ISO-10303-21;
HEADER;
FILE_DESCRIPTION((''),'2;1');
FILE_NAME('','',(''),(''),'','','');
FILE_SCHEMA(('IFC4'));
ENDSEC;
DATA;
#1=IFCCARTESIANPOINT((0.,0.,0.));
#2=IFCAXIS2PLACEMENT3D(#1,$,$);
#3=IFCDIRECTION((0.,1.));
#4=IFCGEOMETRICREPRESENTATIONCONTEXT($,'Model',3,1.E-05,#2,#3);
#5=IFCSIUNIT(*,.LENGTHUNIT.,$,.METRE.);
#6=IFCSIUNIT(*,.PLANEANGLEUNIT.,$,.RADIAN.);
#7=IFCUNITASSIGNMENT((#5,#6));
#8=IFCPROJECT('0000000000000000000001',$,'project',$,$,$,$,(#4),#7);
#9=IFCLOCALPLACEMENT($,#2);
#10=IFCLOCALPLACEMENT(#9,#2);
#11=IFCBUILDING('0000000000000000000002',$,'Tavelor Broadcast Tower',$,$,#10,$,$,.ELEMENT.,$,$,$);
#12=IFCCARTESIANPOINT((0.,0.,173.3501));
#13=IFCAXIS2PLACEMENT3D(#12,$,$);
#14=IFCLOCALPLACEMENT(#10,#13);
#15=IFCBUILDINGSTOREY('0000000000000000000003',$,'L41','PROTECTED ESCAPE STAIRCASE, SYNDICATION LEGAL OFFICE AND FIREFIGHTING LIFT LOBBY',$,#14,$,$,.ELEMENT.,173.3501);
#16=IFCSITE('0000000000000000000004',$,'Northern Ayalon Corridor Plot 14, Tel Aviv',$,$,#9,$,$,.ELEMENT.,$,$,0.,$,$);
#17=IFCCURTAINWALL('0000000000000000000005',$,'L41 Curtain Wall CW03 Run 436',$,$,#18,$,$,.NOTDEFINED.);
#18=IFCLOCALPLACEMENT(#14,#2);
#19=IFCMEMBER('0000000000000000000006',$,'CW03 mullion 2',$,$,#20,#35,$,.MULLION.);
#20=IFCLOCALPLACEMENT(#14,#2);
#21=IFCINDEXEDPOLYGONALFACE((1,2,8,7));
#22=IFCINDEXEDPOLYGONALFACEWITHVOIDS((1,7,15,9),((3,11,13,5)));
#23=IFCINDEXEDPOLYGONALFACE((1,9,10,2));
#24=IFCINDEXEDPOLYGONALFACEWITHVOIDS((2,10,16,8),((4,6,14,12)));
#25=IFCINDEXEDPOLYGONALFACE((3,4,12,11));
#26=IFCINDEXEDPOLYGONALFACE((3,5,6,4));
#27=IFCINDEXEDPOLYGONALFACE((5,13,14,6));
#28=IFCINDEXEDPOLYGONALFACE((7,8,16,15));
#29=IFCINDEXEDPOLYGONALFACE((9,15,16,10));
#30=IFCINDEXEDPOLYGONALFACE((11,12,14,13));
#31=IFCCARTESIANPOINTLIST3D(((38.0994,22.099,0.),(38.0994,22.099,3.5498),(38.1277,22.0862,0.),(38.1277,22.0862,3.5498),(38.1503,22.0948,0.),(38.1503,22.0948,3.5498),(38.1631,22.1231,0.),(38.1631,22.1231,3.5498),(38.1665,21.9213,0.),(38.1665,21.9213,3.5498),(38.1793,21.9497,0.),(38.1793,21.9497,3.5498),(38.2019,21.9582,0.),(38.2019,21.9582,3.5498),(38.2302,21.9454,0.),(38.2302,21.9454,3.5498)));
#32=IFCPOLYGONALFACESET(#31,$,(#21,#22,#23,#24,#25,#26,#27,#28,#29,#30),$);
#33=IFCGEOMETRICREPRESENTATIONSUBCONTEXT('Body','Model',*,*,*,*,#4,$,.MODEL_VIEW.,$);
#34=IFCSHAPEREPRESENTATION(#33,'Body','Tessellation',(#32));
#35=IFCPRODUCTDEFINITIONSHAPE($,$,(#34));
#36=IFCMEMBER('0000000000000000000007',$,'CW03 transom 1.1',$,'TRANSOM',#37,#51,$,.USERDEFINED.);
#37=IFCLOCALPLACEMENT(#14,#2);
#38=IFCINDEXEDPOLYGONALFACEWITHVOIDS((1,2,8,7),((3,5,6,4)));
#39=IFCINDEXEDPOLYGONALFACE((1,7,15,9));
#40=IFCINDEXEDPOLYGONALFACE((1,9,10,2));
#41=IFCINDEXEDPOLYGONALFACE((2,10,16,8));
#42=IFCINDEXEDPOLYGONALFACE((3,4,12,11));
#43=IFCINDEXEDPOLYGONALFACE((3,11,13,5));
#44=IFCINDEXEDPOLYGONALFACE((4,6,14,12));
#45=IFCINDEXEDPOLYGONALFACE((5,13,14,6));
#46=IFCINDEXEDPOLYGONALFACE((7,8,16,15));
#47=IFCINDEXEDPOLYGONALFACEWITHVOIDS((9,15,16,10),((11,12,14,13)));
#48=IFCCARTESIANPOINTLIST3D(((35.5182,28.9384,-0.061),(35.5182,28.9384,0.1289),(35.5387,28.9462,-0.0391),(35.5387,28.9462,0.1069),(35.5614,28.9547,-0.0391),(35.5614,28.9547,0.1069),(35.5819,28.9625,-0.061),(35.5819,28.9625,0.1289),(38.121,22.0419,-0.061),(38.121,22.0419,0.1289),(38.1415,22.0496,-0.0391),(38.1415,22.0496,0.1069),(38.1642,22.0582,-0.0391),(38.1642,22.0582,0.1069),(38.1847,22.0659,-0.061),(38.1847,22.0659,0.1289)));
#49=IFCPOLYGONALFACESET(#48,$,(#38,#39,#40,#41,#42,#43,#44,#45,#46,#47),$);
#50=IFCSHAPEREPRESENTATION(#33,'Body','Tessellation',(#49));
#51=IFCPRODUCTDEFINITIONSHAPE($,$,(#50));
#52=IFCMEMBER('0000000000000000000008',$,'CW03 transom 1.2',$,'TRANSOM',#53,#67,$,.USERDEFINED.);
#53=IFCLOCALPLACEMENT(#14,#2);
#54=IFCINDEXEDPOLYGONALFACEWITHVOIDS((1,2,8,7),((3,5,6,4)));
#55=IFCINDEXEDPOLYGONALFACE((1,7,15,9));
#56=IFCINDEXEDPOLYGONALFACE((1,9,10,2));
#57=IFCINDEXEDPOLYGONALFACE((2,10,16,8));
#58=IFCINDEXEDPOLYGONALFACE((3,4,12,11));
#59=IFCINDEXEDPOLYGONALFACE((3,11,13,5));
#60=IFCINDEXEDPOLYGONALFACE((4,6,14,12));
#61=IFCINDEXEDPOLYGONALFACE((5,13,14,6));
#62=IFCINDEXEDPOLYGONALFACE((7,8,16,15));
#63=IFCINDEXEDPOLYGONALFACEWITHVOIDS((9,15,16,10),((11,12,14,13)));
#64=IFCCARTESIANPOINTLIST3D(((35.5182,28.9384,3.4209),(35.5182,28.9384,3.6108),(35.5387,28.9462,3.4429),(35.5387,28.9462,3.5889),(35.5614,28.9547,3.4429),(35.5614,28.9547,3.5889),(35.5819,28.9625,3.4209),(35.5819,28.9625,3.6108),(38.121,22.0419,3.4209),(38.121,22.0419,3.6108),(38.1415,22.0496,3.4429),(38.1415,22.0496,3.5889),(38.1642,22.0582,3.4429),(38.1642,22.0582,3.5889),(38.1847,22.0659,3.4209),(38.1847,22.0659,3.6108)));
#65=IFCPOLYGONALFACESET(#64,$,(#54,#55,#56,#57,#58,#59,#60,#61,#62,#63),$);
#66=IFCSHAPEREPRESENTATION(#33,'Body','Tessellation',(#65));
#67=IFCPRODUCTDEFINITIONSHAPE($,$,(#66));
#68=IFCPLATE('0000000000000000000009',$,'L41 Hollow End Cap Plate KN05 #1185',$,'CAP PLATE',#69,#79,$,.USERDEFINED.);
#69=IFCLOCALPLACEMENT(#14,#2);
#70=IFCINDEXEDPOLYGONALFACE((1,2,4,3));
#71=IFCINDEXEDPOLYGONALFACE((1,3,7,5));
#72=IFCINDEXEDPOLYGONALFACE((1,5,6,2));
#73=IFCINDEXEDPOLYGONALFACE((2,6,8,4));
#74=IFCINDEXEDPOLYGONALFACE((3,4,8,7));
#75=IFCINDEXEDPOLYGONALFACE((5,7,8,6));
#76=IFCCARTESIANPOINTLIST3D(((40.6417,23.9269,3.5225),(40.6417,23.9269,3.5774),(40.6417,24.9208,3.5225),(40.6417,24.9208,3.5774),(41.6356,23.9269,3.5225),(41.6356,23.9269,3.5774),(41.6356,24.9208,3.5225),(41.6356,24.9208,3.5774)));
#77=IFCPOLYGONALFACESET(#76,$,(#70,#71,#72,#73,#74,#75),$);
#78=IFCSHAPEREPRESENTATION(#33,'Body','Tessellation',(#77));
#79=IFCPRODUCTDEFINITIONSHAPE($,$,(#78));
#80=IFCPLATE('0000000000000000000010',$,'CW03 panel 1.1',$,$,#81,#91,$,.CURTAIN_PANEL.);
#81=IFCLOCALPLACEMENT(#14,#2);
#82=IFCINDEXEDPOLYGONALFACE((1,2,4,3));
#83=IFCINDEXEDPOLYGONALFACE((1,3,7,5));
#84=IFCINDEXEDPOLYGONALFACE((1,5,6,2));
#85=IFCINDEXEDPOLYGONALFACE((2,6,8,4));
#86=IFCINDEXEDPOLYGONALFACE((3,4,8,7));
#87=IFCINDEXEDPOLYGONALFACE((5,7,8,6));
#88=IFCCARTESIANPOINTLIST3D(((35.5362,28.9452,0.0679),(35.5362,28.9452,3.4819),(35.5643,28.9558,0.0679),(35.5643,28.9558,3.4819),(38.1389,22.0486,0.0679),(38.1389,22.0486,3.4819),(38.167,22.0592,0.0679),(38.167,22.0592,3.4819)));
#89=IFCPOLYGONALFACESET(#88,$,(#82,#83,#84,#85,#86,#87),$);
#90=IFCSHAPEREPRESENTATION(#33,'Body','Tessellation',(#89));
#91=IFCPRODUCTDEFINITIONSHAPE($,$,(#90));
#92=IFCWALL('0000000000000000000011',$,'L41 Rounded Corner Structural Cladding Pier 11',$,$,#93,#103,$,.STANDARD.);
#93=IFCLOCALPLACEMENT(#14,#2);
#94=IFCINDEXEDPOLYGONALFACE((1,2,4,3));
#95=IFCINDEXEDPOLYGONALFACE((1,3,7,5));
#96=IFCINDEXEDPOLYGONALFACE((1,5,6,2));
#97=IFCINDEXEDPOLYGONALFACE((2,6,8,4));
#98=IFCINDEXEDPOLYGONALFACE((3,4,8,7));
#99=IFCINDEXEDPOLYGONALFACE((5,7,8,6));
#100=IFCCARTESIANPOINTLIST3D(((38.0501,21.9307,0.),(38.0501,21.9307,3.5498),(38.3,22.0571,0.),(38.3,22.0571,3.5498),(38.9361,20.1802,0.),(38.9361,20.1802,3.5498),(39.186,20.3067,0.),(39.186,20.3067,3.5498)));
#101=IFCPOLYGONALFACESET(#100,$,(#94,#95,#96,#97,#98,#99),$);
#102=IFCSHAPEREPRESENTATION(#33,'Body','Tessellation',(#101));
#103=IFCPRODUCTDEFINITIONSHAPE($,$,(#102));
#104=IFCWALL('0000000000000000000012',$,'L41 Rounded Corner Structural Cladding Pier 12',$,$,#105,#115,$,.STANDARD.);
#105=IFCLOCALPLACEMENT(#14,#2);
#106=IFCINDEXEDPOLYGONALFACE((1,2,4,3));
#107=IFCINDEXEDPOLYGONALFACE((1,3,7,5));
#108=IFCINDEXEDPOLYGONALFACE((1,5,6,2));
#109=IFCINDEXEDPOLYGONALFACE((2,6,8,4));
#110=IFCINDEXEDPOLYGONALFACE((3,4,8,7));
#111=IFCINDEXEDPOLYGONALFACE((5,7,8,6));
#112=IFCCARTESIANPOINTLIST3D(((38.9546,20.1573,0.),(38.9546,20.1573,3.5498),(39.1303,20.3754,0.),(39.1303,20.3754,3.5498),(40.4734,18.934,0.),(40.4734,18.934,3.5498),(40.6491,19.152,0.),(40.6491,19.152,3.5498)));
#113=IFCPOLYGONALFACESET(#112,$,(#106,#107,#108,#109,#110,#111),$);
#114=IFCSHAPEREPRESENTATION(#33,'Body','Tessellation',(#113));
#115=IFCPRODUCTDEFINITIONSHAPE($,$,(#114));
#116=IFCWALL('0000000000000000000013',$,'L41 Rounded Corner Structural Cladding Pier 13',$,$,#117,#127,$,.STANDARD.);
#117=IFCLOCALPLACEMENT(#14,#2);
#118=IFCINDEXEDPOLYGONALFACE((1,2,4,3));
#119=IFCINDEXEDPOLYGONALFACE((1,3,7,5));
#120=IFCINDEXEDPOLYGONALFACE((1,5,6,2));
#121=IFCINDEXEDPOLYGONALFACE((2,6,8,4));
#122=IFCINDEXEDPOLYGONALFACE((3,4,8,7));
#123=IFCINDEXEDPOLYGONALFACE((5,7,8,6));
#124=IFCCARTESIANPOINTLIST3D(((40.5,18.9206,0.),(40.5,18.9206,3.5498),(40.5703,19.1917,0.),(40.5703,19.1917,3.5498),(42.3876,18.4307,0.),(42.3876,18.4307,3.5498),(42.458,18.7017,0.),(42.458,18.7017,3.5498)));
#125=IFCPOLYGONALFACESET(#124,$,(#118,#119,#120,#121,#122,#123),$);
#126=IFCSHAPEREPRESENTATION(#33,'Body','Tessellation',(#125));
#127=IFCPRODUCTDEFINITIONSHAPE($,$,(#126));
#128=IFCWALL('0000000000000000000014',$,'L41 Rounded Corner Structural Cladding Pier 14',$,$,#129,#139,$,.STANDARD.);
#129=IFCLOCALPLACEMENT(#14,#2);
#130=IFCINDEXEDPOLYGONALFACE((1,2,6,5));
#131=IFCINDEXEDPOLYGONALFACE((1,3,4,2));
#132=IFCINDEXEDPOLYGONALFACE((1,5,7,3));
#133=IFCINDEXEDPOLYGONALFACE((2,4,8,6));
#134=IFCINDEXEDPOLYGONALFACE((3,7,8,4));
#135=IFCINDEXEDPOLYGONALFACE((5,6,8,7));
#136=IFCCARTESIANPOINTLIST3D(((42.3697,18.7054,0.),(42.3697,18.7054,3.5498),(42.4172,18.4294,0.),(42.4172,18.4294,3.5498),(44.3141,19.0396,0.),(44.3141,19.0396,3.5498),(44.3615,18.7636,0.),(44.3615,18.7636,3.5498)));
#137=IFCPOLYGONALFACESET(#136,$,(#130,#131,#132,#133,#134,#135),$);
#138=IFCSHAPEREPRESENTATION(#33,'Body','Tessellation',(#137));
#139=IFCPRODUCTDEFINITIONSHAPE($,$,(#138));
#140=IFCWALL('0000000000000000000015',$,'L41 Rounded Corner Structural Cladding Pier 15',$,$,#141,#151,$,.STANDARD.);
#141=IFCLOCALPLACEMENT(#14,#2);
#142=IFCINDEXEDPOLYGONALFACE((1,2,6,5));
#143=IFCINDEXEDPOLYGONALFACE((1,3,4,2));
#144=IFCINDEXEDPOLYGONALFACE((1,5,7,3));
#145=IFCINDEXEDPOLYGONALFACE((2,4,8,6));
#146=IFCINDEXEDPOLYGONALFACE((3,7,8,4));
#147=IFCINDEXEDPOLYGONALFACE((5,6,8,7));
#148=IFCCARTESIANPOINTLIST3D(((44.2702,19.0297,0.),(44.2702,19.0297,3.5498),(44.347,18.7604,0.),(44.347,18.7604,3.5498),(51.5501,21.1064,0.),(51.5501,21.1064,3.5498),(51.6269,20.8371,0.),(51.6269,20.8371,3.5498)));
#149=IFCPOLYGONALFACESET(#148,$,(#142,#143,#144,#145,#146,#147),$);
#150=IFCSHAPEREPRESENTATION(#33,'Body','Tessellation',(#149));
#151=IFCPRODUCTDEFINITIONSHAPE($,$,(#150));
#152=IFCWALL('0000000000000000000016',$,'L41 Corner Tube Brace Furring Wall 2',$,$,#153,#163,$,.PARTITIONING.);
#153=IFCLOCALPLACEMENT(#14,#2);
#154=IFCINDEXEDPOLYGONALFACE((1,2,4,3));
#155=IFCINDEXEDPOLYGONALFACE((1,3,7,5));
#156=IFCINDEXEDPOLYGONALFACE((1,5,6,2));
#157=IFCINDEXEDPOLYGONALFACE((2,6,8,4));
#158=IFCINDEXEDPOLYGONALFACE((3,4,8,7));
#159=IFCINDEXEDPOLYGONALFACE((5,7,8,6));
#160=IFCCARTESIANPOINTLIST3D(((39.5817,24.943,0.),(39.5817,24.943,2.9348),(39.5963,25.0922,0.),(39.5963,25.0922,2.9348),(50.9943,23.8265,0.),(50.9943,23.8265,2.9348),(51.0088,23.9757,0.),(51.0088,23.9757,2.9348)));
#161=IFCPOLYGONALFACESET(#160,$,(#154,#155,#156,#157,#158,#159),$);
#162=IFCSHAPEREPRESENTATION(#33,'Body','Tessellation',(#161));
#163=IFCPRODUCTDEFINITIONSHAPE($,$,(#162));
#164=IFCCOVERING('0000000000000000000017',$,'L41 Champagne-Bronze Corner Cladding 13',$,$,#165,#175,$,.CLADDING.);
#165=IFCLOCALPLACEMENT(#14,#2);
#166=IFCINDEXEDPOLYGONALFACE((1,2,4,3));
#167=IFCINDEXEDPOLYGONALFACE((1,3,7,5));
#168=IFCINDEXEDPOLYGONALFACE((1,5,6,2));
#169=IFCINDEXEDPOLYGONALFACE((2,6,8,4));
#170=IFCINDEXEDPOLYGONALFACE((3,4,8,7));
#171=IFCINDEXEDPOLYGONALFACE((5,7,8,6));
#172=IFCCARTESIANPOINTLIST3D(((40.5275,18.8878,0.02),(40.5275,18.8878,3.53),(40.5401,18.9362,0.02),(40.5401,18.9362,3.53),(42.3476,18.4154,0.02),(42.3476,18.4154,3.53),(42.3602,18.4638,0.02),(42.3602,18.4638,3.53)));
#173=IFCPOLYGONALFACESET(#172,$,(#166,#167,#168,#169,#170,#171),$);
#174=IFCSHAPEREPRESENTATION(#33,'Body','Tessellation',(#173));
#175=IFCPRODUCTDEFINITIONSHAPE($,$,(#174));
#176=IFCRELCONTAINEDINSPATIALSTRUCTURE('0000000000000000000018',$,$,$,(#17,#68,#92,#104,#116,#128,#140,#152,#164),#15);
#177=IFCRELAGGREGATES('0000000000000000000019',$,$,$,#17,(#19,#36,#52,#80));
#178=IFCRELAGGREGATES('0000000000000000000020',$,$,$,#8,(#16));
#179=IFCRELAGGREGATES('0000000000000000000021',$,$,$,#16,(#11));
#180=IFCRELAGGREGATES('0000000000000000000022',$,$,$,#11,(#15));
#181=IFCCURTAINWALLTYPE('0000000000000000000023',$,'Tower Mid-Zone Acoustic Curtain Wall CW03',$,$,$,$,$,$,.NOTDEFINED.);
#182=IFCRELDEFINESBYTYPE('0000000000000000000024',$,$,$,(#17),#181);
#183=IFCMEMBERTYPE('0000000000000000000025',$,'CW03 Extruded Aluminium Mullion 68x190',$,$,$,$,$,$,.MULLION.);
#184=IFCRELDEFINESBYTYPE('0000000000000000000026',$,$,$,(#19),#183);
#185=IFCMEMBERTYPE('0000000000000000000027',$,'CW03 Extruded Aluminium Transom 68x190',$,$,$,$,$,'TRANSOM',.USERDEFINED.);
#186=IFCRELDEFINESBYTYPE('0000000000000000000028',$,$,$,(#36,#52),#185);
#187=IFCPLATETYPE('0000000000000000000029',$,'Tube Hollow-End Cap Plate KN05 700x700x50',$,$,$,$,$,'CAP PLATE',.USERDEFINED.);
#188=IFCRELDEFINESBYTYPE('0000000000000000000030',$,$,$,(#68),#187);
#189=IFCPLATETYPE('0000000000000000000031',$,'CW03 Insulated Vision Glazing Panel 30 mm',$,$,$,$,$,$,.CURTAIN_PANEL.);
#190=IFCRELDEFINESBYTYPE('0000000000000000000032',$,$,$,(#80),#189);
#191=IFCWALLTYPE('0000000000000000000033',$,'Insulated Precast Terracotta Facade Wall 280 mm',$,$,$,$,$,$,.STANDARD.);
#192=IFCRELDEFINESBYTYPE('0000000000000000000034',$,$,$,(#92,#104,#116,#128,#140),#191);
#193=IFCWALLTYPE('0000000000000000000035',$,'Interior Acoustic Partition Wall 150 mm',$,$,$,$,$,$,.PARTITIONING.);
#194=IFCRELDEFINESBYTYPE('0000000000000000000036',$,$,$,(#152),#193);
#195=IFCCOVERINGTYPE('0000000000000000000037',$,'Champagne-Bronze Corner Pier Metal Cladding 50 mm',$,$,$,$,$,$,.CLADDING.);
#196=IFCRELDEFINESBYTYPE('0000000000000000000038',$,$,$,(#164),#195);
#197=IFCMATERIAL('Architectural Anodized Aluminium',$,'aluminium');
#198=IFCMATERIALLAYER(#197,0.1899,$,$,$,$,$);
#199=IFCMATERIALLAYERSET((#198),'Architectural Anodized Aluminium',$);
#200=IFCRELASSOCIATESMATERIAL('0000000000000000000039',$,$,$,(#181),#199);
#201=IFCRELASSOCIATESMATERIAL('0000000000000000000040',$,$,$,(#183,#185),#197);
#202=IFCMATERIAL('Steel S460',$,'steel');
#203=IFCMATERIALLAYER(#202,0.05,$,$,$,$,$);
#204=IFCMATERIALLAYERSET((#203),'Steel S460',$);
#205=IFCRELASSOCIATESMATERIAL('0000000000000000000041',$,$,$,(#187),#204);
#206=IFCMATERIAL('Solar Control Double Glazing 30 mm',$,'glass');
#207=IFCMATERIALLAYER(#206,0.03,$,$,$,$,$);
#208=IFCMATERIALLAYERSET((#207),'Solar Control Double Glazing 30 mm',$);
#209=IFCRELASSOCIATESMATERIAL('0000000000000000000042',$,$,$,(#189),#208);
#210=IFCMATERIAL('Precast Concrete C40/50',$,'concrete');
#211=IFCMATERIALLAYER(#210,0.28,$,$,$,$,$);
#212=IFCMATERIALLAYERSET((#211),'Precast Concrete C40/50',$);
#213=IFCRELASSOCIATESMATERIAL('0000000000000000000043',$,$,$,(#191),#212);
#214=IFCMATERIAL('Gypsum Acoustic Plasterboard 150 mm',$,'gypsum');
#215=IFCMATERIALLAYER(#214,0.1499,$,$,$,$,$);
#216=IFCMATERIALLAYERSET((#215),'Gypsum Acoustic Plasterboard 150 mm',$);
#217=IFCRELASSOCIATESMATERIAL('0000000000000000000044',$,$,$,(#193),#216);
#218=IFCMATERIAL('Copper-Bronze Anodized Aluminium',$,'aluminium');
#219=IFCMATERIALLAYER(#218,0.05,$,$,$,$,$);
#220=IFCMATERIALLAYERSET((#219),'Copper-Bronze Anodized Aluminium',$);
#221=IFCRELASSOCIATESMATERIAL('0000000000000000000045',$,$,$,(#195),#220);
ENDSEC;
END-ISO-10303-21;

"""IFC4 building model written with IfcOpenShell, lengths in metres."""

from ifc_helpers import new_model, si_unit, direction, frame, frame_2d, origin, origin_2d, place, context, subcontext, project, spatial, rectangle, hollow_rectangle, extrude, source, transform, mapped, material, layer, layer_set, material_profile, profile_set, type_object, type_shapes, element, aggregate, save


model = new_model("IFC4")

# Units and contexts
model_context = context("Model", 3, precision=1e-05, world=origin(), true_north=direction((0.0, 1.0)))
body_context = subcontext(model_context, "Body", "Model", "MODEL_VIEW")
ifc_project = project(units=[si_unit("LENGTHUNIT", "METRE"), si_unit("PLANEANGLEUNIT", "RADIAN")], contexts=[model_context])

# Site, building, storey
site_placement = place(None, origin())
site = spatial("IfcSite", under=ifc_project, at=site_placement, Name="Northern Ayalon Corridor Plot 14, Tel Aviv", CompositionType="ELEMENT", RefElevation=0.0)
building_placement = place(site_placement, origin())
building = spatial("IfcBuilding", under=site, at=building_placement, Name="Tavelor Broadcast Tower", CompositionType="ELEMENT")
storey_placement = place(building_placement, frame((0.0, 0.0, 173.3501)))
storey = spatial("IfcBuildingStorey", under=building, at=storey_placement, Name="L41", Description="PROTECTED ESCAPE STAIRCASE, SYNDICATION LEGAL OFFICE AND FIREFIGHTING LIFT LOBBY", CompositionType="ELEMENT", Elevation=173.3501)

# Shared definitions
ifc_material_1 = material(Name="Steel S460", Category="steel")

# Curtain wall, members
ifc_material_2 = material(Name="Architectural Anodized Aluminium", Category="aluminium")
ifc_layer_1 = layer(ifc_material_2, 0.1899)
ifc_layer_set_1 = layer_set([ifc_layer_1], Name="Architectural Anodized Aluminium")
curtain_wall_type = type_object("IfcCurtainWallType", Name="Tower Mid-Zone Acoustic Curtain Wall CW03", PredefinedType="NOTDEFINED", material=ifc_layer_set_1)
curtain_wall_placement = place(storey_placement, origin())
curtain_wall = element("IfcCurtainWall", 1, at=curtain_wall_placement, inside=storey, type_object=curtain_wall_type, Name="L41 Curtain Wall CW03 Run 436", PredefinedType="NOTDEFINED")
ifc_material_profile_1 = material_profile(ifc_material_2, hollow_rectangle(XDim=0.0681, YDim=0.1899, WallThickness=0.022, at=origin_2d()), Name="RHS 68x190x22")
ifc_profile_set_1 = profile_set([ifc_material_profile_1], Name="Architectural Anodized Aluminium")
member_type_1 = type_object("IfcMemberType", Name="CW03 Extruded Aluminium Mullion 68x190", PredefinedType="MULLION", material=ifc_profile_set_1)
shared_shape_1 = source(origin(), body_context, "Body", "SweptSolid", [
    extrude(hollow_rectangle(XDim=0.0681, YDim=0.1899, WallThickness=0.022, at=origin_2d()), origin(), (0.0, 0.0, 1.0), 3.5498),
])
type_shapes(member_type_1, [shared_shape_1])
member_1_placement = place(storey_placement, frame((38.1648, 22.0222, 0.0), z_axis=(0.0, 0.0, 1.0), x_axis=(0.935591, 0.353086, 0.0)))
member_1 = element("IfcMember", 2, at=member_1_placement, type_object=member_type_1, Name="CW03 mullion 2", PredefinedType="MULLION", context=body_context, shape_type="MappedRepresentation", body=[
    mapped(shared_shape_1, transform((0.0, 0.0, 0.0), scale=1.0)),
])
ifc_material_profile_2 = material_profile(ifc_material_2, hollow_rectangle(XDim=0.0681, YDim=0.1899, WallThickness=0.022, at=origin_2d()), Name="RHS 68x190x22")
ifc_profile_set_2 = profile_set([ifc_material_profile_2], Name="Architectural Anodized Aluminium")
member_type_2 = type_object("IfcMemberType", Name="CW03 Extruded Aluminium Transom 68x190", ElementType="TRANSOM", PredefinedType="USERDEFINED", material=ifc_profile_set_2)
shared_shape_2 = source(origin(), body_context, "Body", "SweptSolid", [
    extrude(hollow_rectangle(XDim=0.0681, YDim=0.1899, WallThickness=0.022, at=origin_2d()), origin(), (0.0, 0.0, 1.0), 7.3713),
])
type_shapes(member_type_2, [shared_shape_2])
member_2_placement = place(storey_placement, frame((35.55, 28.9504, 0.0339), z_axis=(0.353097, -0.935587, 0.0), x_axis=(0.935587, 0.353097, 0.0)))
member_2 = element("IfcMember", 3, at=member_2_placement, type_object=member_type_2, Name="CW03 transom 1.1", ObjectType="TRANSOM", PredefinedType="USERDEFINED", context=body_context, shape_type="MappedRepresentation", body=[
    mapped(shared_shape_2, transform((0.0, 0.0, 0.0), scale=1.0)),
])
member_3_placement = place(storey_placement, frame((35.55, 28.9504, 3.5159), z_axis=(0.353097, -0.935587, 0.0), x_axis=(0.935587, 0.353097, 0.0)))
member_3 = element("IfcMember", 4, at=member_3_placement, type_object=member_type_2, Name="CW03 transom 1.2", ObjectType="TRANSOM", PredefinedType="USERDEFINED", context=body_context, shape_type="MappedRepresentation", body=[
    mapped(shared_shape_2, transform((0.0, 0.0, 0.0), scale=1.0)),
])

# Plates
ifc_layer_2 = layer(ifc_material_1, 0.05)
ifc_layer_set_2 = layer_set([ifc_layer_2], Name="Steel S460")
plate_type_1 = type_object("IfcPlateType", Name="Tube Hollow-End Cap Plate KN05 700x700x50", ElementType="CAP PLATE", PredefinedType="USERDEFINED", material=ifc_layer_set_2)
shared_shape_3 = source(origin(), body_context, "Body", "SweptSolid", [
    extrude(rectangle(XDim=0.9939, YDim=0.9939, at=origin_2d()), origin(), (0.0, 0.0, 1.0), 0.0549),
])
type_shapes(plate_type_1, [shared_shape_3])
plate_1_placement = place(storey_placement, frame((41.1387, 24.4238, 3.5225), z_axis=(0.0, 0.0, 1.0), x_axis=(1.0, 0.0, 0.0)))
element("IfcPlate", 5, at=plate_1_placement, inside=storey, type_object=plate_type_1, Name="L41 Hollow End Cap Plate KN05 #1185", ObjectType="CAP PLATE", PredefinedType="USERDEFINED", context=body_context, shape_type="MappedRepresentation", body=[
    mapped(shared_shape_3, transform((0.0, 0.0, 0.0), scale=1.0)),
])
ifc_material_3 = material(Name="Solar Control Double Glazing 30 mm", Category="glass")
ifc_layer_3 = layer(ifc_material_3, 0.03)
ifc_layer_set_3 = layer_set([ifc_layer_3], Name="Solar Control Double Glazing 30 mm")
plate_type_2 = type_object("IfcPlateType", Name="CW03 Insulated Vision Glazing Panel 30 mm", PredefinedType="CURTAIN_PANEL", material=ifc_layer_set_3)
shared_shape_4 = source(origin(), body_context, "Body", "SweptSolid", [
    extrude(rectangle(XDim=7.3713, YDim=0.03, at=origin_2d()), origin(), (0.0, 0.0, 1.0), 3.4141),
])
type_shapes(plate_type_2, [shared_shape_4])
plate_2_placement = place(storey_placement, frame((36.8516, 25.5022, 0.0679), z_axis=(0.0, 0.0, 1.0), x_axis=(0.353086, -0.935591, 0.0)))
plate_2 = element("IfcPlate", 6, at=plate_2_placement, type_object=plate_type_2, Name="CW03 panel 1.1", PredefinedType="CURTAIN_PANEL", context=body_context, shape_type="MappedRepresentation", body=[
    mapped(shared_shape_4, transform((0.0, 0.0, 0.0), scale=1.0)),
])
aggregate(curtain_wall, [member_1, member_2, member_3, plate_2])

# Walls
ifc_material_4 = material(Name="Precast Concrete C40/50", Category="concrete")
ifc_layer_4 = layer(ifc_material_4, 0.28)
ifc_layer_set_4 = layer_set([ifc_layer_4], Name="Precast Concrete C40/50")
wall_type_1 = type_object("IfcWallType", Name="Insulated Precast Terracotta Facade Wall 280 mm", PredefinedType="STANDARD", material=ifc_layer_set_4)
wall_1_placement = place(storey_placement, frame((38.175, 21.9939, 0.0), z_axis=(0.0, 0.0, 1.0), x_axis=(0.451588, -0.892226, 0.0)))
element("IfcWall", 7, at=wall_1_placement, inside=storey, type_object=wall_type_1, Name="L41 Rounded Corner Structural Cladding Pier 11", PredefinedType="STANDARD", context=body_context, shape_type="SweptSolid", body=[
    extrude(rectangle(XDim=1.9619, YDim=0.28, at=frame_2d((0.981, 0.0))), origin(), (0.0, 0.0, 1.0), 3.5498),
])
for number, where, z_axis, x_axis, name in (
    (8, (39.0425, 20.2664, 0.0), (0.0, 0.0, 1.0), (0.778776, -0.627302, 0.0), "L41 Rounded Corner Structural Cladding Pier 12"),
    (9, (40.5352, 19.0562, 0.0), (0.0, 0.0, 1.0), (0.967924, -0.251245, 0.0), "L41 Rounded Corner Structural Cladding Pier 13"),
):
    element("IfcWall", number, at=place(storey_placement, frame(where, z_axis=z_axis, x_axis=x_axis)), inside=storey, type_object=wall_type_1, Name=name, PredefinedType="STANDARD", context=body_context, shape_type="SweptSolid", body=[
        extrude(rectangle(XDim=1.9502, YDim=0.28, at=frame_2d((0.9751, 0.0))), origin(), (0.0, 0.0, 1.0), 3.5498),
    ])
wall_2_placement = place(storey_placement, frame((42.3936, 18.5674, 0.0), z_axis=(0.0, 0.0, 1.0), x_axis=(0.985545, 0.169414, 0.0)))
element("IfcWall", 10, at=wall_2_placement, inside=storey, type_object=wall_type_1, Name="L41 Rounded Corner Structural Cladding Pier 14", PredefinedType="STANDARD", context=body_context, shape_type="SweptSolid", body=[
    extrude(rectangle(XDim=1.9729, YDim=0.28, at=frame_2d((0.9863, 0.0))), origin(), (0.0, 0.0, 1.0), 3.5498),
])
wall_3_placement = place(storey_placement, frame((44.3086, 18.895, 0.0), z_axis=(0.0, 0.0, 1.0), x_axis=(0.961638, 0.274321, 0.0)))
element("IfcWall", 11, at=wall_3_placement, inside=storey, type_object=wall_type_1, Name="L41 Rounded Corner Structural Cladding Pier 15", PredefinedType="STANDARD", context=body_context, shape_type="SweptSolid", body=[
    extrude(rectangle(XDim=7.5703, YDim=0.28, at=frame_2d((3.7852, 0.0))), origin(), (0.0, 0.0, 1.0), 3.5498),
])
ifc_material_5 = material(Name="Gypsum Acoustic Plasterboard 150 mm", Category="gypsum")
ifc_layer_5 = layer(ifc_material_5, 0.1499)
ifc_layer_set_5 = layer_set([ifc_layer_5], Name="Gypsum Acoustic Plasterboard 150 mm")
wall_type_2 = type_object("IfcWallType", Name="Interior Acoustic Partition Wall 150 mm", PredefinedType="PARTITIONING", material=ifc_layer_set_5)
wall_4_placement = place(storey_placement, frame((39.5891, 25.0176, 0.0), z_axis=(0.0, 0.0, 1.0), x_axis=(0.995249, -0.097362, 0.0)))
element("IfcWall", 12, at=wall_4_placement, inside=storey, type_object=wall_type_2, Name="L41 Corner Tube Brace Furring Wall 2", PredefinedType="PARTITIONING", context=body_context, shape_type="SweptSolid", body=[
    extrude(rectangle(XDim=11.467, YDim=0.1499, at=frame_2d((5.7334, 0.0))), origin(), (0.0, 0.0, 1.0), 2.9348),
])

# Covering
ifc_material_6 = material(Name="Copper-Bronze Anodized Aluminium", Category="aluminium")
ifc_layer_6 = layer(ifc_material_6, 0.05)
ifc_layer_set_6 = layer_set([ifc_layer_6], Name="Copper-Bronze Anodized Aluminium")
covering_type_1 = type_object("IfcCoveringType", Name="Champagne-Bronze Corner Pier Metal Cladding 50 mm", PredefinedType="CLADDING", material=ifc_layer_set_6)
covering_1_placement = place(storey_placement, frame((41.4438, 18.6758, 0.02), z_axis=(0.0, 0.0, 1.0), x_axis=(0.967929, -0.251225, 0.0)))
element("IfcCovering", 13, at=covering_1_placement, inside=storey, type_object=covering_type_1, Name="L41 Champagne-Bronze Corner Cladding 13", PredefinedType="CLADDING", context=body_context, shape_type="SweptSolid", body=[
    extrude(rectangle(XDim=1.8804, YDim=0.05, at=origin_2d()), origin(), (0.0, 0.0, 1.0), 3.51),
])

save(model, "model.ifc")
